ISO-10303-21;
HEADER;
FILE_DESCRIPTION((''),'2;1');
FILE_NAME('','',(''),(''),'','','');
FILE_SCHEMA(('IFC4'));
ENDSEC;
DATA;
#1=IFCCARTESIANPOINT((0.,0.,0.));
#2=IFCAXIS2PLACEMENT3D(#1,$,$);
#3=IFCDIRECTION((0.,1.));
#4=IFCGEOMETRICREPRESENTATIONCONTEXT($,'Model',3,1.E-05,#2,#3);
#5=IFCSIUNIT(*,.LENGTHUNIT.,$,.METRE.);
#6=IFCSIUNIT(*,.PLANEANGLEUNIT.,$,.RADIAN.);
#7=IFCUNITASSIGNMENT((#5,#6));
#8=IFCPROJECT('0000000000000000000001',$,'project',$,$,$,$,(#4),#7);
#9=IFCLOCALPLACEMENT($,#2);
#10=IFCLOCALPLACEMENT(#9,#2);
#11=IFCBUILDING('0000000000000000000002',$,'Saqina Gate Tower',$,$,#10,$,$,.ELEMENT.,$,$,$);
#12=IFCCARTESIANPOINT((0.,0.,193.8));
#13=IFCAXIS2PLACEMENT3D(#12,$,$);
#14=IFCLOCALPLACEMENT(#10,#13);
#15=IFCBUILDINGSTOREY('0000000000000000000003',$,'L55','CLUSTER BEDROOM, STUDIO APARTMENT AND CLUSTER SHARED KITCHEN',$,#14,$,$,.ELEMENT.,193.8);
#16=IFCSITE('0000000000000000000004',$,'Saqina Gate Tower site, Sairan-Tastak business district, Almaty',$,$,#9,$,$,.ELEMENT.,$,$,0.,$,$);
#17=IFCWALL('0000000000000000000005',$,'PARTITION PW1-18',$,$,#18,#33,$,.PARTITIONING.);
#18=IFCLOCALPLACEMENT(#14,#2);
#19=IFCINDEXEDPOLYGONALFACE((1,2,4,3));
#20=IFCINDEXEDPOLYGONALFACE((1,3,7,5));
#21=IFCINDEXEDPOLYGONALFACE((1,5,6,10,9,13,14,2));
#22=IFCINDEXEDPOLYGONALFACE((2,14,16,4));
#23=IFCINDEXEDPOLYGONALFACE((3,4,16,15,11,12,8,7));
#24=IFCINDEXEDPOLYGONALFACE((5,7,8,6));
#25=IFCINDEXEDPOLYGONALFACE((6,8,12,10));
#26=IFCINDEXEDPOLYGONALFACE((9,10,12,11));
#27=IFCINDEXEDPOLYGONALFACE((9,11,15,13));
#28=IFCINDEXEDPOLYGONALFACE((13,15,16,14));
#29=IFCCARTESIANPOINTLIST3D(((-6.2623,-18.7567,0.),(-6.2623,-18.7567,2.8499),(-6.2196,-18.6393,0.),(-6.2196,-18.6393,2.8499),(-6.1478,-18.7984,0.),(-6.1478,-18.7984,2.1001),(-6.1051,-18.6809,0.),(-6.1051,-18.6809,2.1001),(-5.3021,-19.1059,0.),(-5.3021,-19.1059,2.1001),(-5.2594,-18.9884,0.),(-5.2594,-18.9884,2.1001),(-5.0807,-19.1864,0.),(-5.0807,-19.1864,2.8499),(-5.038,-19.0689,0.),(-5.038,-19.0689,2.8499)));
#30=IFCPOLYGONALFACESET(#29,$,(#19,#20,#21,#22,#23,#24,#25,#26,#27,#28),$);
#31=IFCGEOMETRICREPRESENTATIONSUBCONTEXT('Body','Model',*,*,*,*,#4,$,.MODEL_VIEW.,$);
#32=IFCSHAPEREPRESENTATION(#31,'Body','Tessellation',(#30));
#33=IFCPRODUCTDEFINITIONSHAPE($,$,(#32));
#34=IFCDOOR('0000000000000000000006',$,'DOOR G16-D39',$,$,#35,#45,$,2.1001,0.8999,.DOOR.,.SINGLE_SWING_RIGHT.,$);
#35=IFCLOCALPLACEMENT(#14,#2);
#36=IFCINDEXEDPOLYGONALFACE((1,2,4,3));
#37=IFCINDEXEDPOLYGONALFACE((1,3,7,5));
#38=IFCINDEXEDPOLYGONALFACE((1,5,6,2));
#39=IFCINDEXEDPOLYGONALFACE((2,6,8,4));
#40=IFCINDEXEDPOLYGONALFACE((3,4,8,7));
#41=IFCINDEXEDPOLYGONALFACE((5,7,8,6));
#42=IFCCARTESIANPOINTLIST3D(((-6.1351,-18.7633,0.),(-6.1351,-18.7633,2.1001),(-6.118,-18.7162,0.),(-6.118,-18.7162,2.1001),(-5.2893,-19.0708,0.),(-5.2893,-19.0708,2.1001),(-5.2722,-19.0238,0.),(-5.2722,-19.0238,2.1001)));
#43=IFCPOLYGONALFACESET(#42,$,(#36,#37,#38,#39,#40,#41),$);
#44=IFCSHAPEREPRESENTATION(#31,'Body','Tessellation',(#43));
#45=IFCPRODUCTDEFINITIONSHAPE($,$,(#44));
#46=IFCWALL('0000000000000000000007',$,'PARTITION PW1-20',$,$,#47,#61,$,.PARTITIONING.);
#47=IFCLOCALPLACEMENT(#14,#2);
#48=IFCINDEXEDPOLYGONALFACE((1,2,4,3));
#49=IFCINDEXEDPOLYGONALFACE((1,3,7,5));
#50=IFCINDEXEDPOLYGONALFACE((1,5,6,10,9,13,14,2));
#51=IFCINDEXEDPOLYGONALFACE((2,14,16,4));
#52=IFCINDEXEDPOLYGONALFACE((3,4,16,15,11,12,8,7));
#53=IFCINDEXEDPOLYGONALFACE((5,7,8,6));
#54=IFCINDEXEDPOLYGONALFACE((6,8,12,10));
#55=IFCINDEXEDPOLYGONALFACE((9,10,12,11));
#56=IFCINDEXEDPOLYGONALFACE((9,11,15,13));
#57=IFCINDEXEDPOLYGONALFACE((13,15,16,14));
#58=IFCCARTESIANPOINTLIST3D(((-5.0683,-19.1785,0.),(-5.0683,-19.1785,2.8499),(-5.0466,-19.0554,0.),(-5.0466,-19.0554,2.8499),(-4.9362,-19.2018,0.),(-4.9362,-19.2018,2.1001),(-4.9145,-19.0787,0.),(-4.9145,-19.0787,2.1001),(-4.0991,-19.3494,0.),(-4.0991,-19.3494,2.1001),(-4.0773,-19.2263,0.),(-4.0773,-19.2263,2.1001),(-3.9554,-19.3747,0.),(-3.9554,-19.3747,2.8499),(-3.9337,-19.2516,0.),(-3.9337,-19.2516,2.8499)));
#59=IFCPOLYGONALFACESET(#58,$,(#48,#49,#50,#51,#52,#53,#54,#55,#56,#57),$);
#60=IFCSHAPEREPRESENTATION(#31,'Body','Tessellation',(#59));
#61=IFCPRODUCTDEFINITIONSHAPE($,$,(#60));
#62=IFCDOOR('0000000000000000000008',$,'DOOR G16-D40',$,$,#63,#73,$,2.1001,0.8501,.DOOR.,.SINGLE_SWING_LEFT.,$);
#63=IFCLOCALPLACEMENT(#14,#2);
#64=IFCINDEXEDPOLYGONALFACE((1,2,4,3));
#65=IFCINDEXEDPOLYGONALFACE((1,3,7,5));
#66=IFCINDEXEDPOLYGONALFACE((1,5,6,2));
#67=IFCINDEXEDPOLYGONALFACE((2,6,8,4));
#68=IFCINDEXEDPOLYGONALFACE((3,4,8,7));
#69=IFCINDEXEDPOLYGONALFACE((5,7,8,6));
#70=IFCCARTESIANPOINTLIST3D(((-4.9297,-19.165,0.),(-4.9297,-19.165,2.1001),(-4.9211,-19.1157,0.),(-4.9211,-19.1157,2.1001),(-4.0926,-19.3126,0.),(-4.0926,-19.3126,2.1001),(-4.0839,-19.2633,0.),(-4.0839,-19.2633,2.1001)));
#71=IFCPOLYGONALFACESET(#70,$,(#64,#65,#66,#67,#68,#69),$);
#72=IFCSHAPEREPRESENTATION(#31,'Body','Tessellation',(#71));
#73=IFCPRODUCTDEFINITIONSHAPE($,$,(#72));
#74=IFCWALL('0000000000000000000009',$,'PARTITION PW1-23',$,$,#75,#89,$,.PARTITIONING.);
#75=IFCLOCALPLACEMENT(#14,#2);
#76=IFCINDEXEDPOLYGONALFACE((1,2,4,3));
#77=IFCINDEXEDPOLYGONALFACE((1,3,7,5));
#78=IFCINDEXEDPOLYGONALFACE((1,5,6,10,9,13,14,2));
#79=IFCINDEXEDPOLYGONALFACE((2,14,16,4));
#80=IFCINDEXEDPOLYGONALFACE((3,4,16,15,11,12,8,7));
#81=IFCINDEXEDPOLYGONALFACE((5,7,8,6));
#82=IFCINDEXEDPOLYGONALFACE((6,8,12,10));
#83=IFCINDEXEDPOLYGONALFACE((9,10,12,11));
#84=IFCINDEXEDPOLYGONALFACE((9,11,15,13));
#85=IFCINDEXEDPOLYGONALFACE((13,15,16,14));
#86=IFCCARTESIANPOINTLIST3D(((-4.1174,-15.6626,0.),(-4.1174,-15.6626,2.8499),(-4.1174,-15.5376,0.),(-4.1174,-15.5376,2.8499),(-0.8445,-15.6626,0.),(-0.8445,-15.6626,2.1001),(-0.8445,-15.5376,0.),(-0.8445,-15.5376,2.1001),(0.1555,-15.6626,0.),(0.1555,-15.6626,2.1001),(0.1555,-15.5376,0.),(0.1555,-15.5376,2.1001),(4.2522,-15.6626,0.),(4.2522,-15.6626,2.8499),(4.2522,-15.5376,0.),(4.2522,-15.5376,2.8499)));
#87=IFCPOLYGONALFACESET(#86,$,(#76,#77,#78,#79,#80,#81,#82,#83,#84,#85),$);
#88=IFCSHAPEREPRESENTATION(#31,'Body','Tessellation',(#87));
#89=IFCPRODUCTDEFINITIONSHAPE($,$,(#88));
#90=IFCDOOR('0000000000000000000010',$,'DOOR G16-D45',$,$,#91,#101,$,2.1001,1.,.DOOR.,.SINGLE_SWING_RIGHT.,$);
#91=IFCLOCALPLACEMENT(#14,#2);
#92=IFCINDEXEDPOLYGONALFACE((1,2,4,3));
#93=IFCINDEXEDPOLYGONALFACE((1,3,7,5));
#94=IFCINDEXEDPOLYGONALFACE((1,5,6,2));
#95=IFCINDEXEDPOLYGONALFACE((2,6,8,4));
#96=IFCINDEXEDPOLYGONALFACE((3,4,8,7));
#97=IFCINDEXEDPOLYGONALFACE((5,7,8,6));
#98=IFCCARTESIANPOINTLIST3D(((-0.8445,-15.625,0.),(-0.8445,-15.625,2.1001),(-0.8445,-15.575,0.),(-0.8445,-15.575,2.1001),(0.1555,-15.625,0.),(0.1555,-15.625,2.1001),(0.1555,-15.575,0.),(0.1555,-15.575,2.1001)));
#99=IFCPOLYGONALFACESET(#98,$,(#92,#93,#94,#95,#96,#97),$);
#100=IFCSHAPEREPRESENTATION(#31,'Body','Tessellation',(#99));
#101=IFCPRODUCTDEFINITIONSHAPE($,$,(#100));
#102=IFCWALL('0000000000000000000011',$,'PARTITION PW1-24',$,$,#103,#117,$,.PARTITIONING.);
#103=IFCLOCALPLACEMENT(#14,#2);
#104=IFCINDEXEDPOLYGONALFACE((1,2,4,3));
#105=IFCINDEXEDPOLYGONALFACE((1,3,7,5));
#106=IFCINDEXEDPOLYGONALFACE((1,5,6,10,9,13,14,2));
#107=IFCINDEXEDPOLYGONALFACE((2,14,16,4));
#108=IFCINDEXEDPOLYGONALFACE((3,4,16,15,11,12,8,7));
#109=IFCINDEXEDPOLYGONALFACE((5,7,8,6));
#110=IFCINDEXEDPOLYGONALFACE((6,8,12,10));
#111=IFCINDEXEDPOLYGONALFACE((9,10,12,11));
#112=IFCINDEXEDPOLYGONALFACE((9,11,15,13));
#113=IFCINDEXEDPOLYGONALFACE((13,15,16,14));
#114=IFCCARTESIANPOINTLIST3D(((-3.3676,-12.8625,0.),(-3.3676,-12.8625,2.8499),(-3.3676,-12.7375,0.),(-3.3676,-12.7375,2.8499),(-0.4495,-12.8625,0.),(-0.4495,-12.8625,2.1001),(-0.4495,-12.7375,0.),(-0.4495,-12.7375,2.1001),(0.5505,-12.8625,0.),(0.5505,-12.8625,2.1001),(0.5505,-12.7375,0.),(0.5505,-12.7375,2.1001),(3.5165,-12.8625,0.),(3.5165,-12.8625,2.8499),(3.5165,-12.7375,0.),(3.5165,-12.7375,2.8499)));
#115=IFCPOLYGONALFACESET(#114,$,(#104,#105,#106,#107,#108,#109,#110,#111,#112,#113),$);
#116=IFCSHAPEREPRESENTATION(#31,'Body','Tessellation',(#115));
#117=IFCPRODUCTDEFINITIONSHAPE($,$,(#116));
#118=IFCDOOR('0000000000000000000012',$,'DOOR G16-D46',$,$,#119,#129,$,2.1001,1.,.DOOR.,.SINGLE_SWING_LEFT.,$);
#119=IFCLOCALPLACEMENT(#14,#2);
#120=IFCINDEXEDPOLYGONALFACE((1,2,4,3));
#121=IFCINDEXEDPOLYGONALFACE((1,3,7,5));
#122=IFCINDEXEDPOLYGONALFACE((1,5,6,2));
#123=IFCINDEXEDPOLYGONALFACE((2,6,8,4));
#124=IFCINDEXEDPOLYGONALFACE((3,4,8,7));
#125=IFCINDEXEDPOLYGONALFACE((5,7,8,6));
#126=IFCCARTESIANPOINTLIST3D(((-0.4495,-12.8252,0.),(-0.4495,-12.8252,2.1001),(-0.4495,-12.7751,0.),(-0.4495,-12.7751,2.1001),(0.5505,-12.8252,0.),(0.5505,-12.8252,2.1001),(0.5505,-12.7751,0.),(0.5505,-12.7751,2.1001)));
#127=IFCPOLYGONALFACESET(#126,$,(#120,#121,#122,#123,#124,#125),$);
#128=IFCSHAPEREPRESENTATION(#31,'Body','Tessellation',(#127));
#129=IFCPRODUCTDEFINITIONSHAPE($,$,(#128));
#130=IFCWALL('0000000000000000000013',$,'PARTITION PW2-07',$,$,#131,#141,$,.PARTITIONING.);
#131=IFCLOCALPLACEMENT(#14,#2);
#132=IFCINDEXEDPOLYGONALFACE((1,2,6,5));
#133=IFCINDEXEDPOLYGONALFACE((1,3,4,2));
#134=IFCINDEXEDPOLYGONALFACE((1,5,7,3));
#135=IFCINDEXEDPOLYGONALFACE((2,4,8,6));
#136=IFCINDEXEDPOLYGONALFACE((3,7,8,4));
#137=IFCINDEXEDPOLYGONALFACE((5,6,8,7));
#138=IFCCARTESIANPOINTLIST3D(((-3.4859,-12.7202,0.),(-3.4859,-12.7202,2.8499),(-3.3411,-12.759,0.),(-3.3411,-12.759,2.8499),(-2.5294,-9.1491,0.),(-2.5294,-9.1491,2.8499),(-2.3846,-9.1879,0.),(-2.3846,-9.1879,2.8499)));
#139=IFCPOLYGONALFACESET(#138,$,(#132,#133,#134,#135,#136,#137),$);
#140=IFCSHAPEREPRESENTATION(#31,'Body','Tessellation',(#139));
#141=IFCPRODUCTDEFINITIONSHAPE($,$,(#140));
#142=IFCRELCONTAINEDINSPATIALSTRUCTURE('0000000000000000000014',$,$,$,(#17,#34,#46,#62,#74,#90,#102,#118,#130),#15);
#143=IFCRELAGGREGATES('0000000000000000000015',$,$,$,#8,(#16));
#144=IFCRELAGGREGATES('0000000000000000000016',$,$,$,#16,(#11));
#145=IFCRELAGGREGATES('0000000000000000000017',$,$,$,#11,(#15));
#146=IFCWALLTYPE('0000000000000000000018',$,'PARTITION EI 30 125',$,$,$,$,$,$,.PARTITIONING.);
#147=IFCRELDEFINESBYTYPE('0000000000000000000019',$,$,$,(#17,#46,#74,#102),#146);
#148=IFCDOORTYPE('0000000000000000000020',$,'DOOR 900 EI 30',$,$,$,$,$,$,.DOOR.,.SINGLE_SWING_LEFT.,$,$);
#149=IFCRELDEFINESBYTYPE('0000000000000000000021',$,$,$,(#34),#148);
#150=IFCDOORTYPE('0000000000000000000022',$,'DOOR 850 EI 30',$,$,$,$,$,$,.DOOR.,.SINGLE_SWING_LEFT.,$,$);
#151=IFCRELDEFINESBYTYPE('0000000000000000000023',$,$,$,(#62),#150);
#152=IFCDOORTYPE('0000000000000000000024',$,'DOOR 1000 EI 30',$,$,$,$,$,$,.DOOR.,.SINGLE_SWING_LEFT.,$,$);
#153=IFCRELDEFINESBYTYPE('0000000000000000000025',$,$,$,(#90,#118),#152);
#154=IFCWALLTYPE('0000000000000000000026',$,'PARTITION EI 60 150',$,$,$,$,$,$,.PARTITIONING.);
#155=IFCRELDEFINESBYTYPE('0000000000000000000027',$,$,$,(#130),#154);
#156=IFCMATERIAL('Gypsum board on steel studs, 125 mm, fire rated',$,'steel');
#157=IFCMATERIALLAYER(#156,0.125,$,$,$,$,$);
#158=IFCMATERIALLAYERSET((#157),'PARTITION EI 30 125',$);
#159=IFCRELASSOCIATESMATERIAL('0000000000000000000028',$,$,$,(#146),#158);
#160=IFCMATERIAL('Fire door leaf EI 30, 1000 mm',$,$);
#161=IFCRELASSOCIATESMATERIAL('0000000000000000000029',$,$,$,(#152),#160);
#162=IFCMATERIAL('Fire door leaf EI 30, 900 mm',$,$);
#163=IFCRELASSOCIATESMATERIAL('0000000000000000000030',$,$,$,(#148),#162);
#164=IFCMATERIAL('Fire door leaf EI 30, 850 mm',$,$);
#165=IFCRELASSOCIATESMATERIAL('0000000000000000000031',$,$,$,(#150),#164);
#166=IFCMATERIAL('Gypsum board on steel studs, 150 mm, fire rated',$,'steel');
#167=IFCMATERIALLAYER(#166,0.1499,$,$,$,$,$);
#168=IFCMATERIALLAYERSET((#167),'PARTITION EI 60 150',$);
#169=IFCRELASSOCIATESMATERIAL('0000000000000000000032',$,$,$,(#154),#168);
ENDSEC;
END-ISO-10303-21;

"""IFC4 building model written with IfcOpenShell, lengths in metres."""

from ifc_helpers import new_model, si_unit, direction, frame, frame_2d, origin, place, context, subcontext, project, spatial, rectangle, extrude, material, layer, layer_set, type_object, element, fill, save


model = new_model("IFC4")

# Units and contexts
model_context = context("Model", 3, precision=1e-05, world=origin(), true_north=direction((0.0, 1.0)))
body_context = subcontext(model_context, "Body", "Model", "MODEL_VIEW")
ifc_project = project(units=[si_unit("LENGTHUNIT", "METRE"), si_unit("PLANEANGLEUNIT", "RADIAN")], contexts=[model_context])

# Site, building, storey
site_placement = place(None, origin())
site = spatial("IfcSite", under=ifc_project, at=site_placement, Name="Saqina Gate Tower site, Sairan-Tastak business district, Almaty", CompositionType="ELEMENT", RefElevation=0.0)
building_placement = place(site_placement, origin())
building = spatial("IfcBuilding", under=site, at=building_placement, Name="Saqina Gate Tower", CompositionType="ELEMENT")
storey_placement = place(building_placement, frame((0.0, 0.0, 193.8)))
storey = spatial("IfcBuildingStorey", under=building, at=storey_placement, Name="L55", Description="CLUSTER BEDROOM, STUDIO APARTMENT AND CLUSTER SHARED KITCHEN", CompositionType="ELEMENT", Elevation=193.8)

# Walls, openings, doors
ifc_material_1 = material(Name="Gypsum board on steel studs, 125 mm, fire rated", Category="steel")
ifc_layer_1 = layer(ifc_material_1, 0.125)
ifc_layer_set_1 = layer_set([ifc_layer_1], Name="PARTITION EI 30 125")
wall_type_1 = type_object("IfcWallType", Name="PARTITION EI 30 125", PredefinedType="PARTITIONING", material=ifc_layer_set_1)
ifc_material_2 = material(Name="Fire door leaf EI 30, 1000 mm")
door_type_1 = type_object("IfcDoorType", Name="DOOR 1000 EI 30", OperationType="SINGLE_SWING_LEFT", PredefinedType="DOOR", material=ifc_material_2)
wall_1_placement = place(storey_placement, frame((-6.241, -18.698, 0.0), z_axis=(0.0, 0.0, 1.0), x_axis=(0.939793, -0.341743, 0.0)))
wall_1 = element("IfcWall", 1, at=wall_1_placement, inside=storey, type_object=wall_type_1, Name="PARTITION PW1-18", PredefinedType="PARTITIONING", context=body_context, shape_type="SweptSolid", body=[
    extrude(rectangle(XDim=1.2573, YDim=0.125, at=frame_2d((0.6287, 0.0))), origin(), (0.0, 0.0, 1.0), 2.8499),
])
opening_1_placement = place(wall_1_placement, frame((0.1218, 0.0, 0.0)))
opening_1 = element("IfcOpeningElement", 2, at=opening_1_placement, cuts=wall_1, PredefinedType="OPENING", context=body_context, shape_type="SweptSolid", body=[
    extrude(rectangle(XDim=0.8999, YDim=2.1001, at=frame_2d((0.45, 1.05))), frame((0.0, 0.0745, 0.0), z_axis=(0.0, -1.0, 0.0), x_axis=(1.0, 0.0, 0.0)), (0.0, 0.0, 1.0), 0.1489),
])
ifc_material_3 = material(Name="Fire door leaf EI 30, 900 mm")
door_type_2 = type_object("IfcDoorType", Name="DOOR 900 EI 30", OperationType="SINGLE_SWING_LEFT", PredefinedType="DOOR", material=ifc_material_3)
door_1_placement = place(opening_1_placement, origin())
door_1 = element("IfcDoor", 3, at=door_1_placement, inside=storey, type_object=door_type_2, Name="DOOR G16-D39", OperationType="SINGLE_SWING_RIGHT", OverallHeight=2.1001, OverallWidth=0.8999, PredefinedType="DOOR", context=body_context, shape_type="SweptSolid", body=[
    extrude(rectangle(XDim=0.8999, YDim=2.1001, at=frame_2d((0.45, 1.05))), frame((0.0, 0.0249, 0.0), z_axis=(0.0, -1.0, 0.0), x_axis=(1.0, 0.0, 0.0)), (0.0, 0.0, 1.0), 0.05),
])
fill(opening_1, door_1)
wall_2_placement = place(storey_placement, frame((-5.0574, -19.1169, 0.0), z_axis=(0.0, 0.0, 1.0), x_axis=(0.984803, -0.173674, 0.0)))
wall_2 = element("IfcWall", 4, at=wall_2_placement, inside=storey, type_object=wall_type_1, Name="PARTITION PW1-20", PredefinedType="PARTITIONING", context=body_context, shape_type="SweptSolid", body=[
    extrude(rectangle(XDim=1.1301, YDim=0.125, at=frame_2d((0.5649, 0.0))), origin(), (0.0, 0.0, 1.0), 2.8499),
])
opening_2_placement = place(wall_2_placement, frame((0.134, 0.0, 0.0)))
opening_2 = element("IfcOpeningElement", 5, at=opening_2_placement, cuts=wall_2, PredefinedType="OPENING", context=body_context, shape_type="SweptSolid", body=[
    extrude(rectangle(XDim=0.8501, YDim=2.1001, at=frame_2d((0.425, 1.05))), frame((0.0, 0.0745, 0.0), z_axis=(0.0, -1.0, 0.0), x_axis=(1.0, 0.0, 0.0)), (0.0, 0.0, 1.0), 0.1489),
])
ifc_material_4 = material(Name="Fire door leaf EI 30, 850 mm")
door_type_3 = type_object("IfcDoorType", Name="DOOR 850 EI 30", OperationType="SINGLE_SWING_LEFT", PredefinedType="DOOR", material=ifc_material_4)
door_2_placement = place(opening_2_placement, origin())
door_2 = element("IfcDoor", 6, at=door_2_placement, inside=storey, type_object=door_type_3, Name="DOOR G16-D40", OperationType="SINGLE_SWING_LEFT", OverallHeight=2.1001, OverallWidth=0.8501, PredefinedType="DOOR", context=body_context, shape_type="SweptSolid", body=[
    extrude(rectangle(XDim=0.8501, YDim=2.1001, at=frame_2d((0.425, 1.05))), frame((0.0, 0.0249, 0.0), z_axis=(0.0, -1.0, 0.0), x_axis=(1.0, 0.0, 0.0)), (0.0, 0.0, 1.0), 0.05),
])
fill(opening_2, door_2)
wall_3_placement = place(storey_placement, frame((-4.1174, -15.6001, 0.0), z_axis=(0.0, 0.0, 1.0), x_axis=(1.0, 0.0, 0.0)))
wall_3 = element("IfcWall", 7, at=wall_3_placement, inside=storey, type_object=wall_type_1, Name="PARTITION PW1-23", PredefinedType="PARTITIONING", context=body_context, shape_type="SweptSolid", body=[
    extrude(rectangle(XDim=8.3696, YDim=0.125, at=frame_2d((4.1848, 0.0))), origin(), (0.0, 0.0, 1.0), 2.8499),
])
opening_3_placement = place(wall_3_placement, frame((3.2729, 0.0, 0.0)))
opening_3 = element("IfcOpeningElement", 8, at=opening_3_placement, cuts=wall_3, PredefinedType="OPENING", context=body_context, shape_type="SweptSolid", body=[
    extrude(rectangle(XDim=1.0, YDim=2.1001, at=frame_2d((0.5, 1.05))), frame((0.0, 0.0745, 0.0), z_axis=(0.0, -1.0, 0.0), x_axis=(1.0, 0.0, 0.0)), (0.0, 0.0, 1.0), 0.1489),
])
door_3_placement = place(opening_3_placement, frame((1.0, 0.0, 0.0), z_axis=(0.0, 0.0, 1.0), x_axis=(-1.0, 0.0, 0.0)))
door_3 = element("IfcDoor", 9, at=door_3_placement, inside=storey, type_object=door_type_1, Name="DOOR G16-D45", OperationType="SINGLE_SWING_RIGHT", OverallHeight=2.1001, OverallWidth=1.0, PredefinedType="DOOR", context=body_context, shape_type="SweptSolid", body=[
    extrude(rectangle(XDim=1.0, YDim=2.1001, at=frame_2d((0.5, 1.05))), frame((0.0, 0.0249, 0.0), z_axis=(0.0, -1.0, 0.0), x_axis=(1.0, 0.0, 0.0)), (0.0, 0.0, 1.0), 0.05),
])
fill(opening_3, door_3)
wall_4_placement = place(storey_placement, frame((-3.3674, -12.8, 0.0), z_axis=(0.0, 0.0, 1.0), x_axis=(1.0, 0.0, 0.0)))
wall_4 = element("IfcWall", 10, at=wall_4_placement, inside=storey, type_object=wall_type_1, Name="PARTITION PW1-24", PredefinedType="PARTITIONING", context=body_context, shape_type="SweptSolid", body=[
    extrude(rectangle(XDim=6.884, YDim=0.125, at=frame_2d((3.4419, 0.0))), origin(), (0.0, 0.0, 1.0), 2.8499),
])
opening_4_placement = place(wall_4_placement, frame((2.918, 0.0, 0.0)))
opening_4 = element("IfcOpeningElement", 11, at=opening_4_placement, cuts=wall_4, PredefinedType="OPENING", context=body_context, shape_type="SweptSolid", body=[
    extrude(rectangle(XDim=1.0, YDim=2.1001, at=frame_2d((0.5, 1.05))), frame((0.0, 0.0745, 0.0), z_axis=(0.0, -1.0, 0.0), x_axis=(1.0, 0.0, 0.0)), (0.0, 0.0, 1.0), 0.1489),
])
door_4_placement = place(opening_4_placement, origin())
door_4 = element("IfcDoor", 12, at=door_4_placement, inside=storey, type_object=door_type_1, Name="DOOR G16-D46", OperationType="SINGLE_SWING_LEFT", OverallHeight=2.1001, OverallWidth=1.0, PredefinedType="DOOR", context=body_context, shape_type="SweptSolid", body=[
    extrude(rectangle(XDim=1.0, YDim=2.1001, at=frame_2d((0.5, 1.05))), frame((0.0, 0.0249, 0.0), z_axis=(0.0, -1.0, 0.0), x_axis=(1.0, 0.0, 0.0)), (0.0, 0.0, 1.0), 0.05),
])
fill(opening_4, door_4)

# Wall
ifc_material_5 = material(Name="Gypsum board on steel studs, 150 mm, fire rated", Category="steel")
ifc_layer_2 = layer(ifc_material_5, 0.1499)
ifc_layer_set_2 = layer_set([ifc_layer_2], Name="PARTITION EI 60 150")
wall_type_2 = type_object("IfcWallType", Name="PARTITION EI 60 150", PredefinedType="PARTITIONING", material=ifc_layer_set_2)
wall_5_placement = place(storey_placement, frame((-3.4136, -12.7397, 0.0), z_axis=(0.0, 0.0, 1.0), x_axis=(0.258739, 0.965947, 0.0)))
element("IfcWall", 13, at=wall_5_placement, inside=storey, type_object=wall_type_2, Name="PARTITION PW2-07", PredefinedType="PARTITIONING", context=body_context, shape_type="SweptSolid", body=[
    extrude(rectangle(XDim=3.697, YDim=0.1499, at=frame_2d((1.8486, 0.0))), origin(), (0.0, 0.0, 1.0), 2.8499),
])

save(model, "model.ifc")
